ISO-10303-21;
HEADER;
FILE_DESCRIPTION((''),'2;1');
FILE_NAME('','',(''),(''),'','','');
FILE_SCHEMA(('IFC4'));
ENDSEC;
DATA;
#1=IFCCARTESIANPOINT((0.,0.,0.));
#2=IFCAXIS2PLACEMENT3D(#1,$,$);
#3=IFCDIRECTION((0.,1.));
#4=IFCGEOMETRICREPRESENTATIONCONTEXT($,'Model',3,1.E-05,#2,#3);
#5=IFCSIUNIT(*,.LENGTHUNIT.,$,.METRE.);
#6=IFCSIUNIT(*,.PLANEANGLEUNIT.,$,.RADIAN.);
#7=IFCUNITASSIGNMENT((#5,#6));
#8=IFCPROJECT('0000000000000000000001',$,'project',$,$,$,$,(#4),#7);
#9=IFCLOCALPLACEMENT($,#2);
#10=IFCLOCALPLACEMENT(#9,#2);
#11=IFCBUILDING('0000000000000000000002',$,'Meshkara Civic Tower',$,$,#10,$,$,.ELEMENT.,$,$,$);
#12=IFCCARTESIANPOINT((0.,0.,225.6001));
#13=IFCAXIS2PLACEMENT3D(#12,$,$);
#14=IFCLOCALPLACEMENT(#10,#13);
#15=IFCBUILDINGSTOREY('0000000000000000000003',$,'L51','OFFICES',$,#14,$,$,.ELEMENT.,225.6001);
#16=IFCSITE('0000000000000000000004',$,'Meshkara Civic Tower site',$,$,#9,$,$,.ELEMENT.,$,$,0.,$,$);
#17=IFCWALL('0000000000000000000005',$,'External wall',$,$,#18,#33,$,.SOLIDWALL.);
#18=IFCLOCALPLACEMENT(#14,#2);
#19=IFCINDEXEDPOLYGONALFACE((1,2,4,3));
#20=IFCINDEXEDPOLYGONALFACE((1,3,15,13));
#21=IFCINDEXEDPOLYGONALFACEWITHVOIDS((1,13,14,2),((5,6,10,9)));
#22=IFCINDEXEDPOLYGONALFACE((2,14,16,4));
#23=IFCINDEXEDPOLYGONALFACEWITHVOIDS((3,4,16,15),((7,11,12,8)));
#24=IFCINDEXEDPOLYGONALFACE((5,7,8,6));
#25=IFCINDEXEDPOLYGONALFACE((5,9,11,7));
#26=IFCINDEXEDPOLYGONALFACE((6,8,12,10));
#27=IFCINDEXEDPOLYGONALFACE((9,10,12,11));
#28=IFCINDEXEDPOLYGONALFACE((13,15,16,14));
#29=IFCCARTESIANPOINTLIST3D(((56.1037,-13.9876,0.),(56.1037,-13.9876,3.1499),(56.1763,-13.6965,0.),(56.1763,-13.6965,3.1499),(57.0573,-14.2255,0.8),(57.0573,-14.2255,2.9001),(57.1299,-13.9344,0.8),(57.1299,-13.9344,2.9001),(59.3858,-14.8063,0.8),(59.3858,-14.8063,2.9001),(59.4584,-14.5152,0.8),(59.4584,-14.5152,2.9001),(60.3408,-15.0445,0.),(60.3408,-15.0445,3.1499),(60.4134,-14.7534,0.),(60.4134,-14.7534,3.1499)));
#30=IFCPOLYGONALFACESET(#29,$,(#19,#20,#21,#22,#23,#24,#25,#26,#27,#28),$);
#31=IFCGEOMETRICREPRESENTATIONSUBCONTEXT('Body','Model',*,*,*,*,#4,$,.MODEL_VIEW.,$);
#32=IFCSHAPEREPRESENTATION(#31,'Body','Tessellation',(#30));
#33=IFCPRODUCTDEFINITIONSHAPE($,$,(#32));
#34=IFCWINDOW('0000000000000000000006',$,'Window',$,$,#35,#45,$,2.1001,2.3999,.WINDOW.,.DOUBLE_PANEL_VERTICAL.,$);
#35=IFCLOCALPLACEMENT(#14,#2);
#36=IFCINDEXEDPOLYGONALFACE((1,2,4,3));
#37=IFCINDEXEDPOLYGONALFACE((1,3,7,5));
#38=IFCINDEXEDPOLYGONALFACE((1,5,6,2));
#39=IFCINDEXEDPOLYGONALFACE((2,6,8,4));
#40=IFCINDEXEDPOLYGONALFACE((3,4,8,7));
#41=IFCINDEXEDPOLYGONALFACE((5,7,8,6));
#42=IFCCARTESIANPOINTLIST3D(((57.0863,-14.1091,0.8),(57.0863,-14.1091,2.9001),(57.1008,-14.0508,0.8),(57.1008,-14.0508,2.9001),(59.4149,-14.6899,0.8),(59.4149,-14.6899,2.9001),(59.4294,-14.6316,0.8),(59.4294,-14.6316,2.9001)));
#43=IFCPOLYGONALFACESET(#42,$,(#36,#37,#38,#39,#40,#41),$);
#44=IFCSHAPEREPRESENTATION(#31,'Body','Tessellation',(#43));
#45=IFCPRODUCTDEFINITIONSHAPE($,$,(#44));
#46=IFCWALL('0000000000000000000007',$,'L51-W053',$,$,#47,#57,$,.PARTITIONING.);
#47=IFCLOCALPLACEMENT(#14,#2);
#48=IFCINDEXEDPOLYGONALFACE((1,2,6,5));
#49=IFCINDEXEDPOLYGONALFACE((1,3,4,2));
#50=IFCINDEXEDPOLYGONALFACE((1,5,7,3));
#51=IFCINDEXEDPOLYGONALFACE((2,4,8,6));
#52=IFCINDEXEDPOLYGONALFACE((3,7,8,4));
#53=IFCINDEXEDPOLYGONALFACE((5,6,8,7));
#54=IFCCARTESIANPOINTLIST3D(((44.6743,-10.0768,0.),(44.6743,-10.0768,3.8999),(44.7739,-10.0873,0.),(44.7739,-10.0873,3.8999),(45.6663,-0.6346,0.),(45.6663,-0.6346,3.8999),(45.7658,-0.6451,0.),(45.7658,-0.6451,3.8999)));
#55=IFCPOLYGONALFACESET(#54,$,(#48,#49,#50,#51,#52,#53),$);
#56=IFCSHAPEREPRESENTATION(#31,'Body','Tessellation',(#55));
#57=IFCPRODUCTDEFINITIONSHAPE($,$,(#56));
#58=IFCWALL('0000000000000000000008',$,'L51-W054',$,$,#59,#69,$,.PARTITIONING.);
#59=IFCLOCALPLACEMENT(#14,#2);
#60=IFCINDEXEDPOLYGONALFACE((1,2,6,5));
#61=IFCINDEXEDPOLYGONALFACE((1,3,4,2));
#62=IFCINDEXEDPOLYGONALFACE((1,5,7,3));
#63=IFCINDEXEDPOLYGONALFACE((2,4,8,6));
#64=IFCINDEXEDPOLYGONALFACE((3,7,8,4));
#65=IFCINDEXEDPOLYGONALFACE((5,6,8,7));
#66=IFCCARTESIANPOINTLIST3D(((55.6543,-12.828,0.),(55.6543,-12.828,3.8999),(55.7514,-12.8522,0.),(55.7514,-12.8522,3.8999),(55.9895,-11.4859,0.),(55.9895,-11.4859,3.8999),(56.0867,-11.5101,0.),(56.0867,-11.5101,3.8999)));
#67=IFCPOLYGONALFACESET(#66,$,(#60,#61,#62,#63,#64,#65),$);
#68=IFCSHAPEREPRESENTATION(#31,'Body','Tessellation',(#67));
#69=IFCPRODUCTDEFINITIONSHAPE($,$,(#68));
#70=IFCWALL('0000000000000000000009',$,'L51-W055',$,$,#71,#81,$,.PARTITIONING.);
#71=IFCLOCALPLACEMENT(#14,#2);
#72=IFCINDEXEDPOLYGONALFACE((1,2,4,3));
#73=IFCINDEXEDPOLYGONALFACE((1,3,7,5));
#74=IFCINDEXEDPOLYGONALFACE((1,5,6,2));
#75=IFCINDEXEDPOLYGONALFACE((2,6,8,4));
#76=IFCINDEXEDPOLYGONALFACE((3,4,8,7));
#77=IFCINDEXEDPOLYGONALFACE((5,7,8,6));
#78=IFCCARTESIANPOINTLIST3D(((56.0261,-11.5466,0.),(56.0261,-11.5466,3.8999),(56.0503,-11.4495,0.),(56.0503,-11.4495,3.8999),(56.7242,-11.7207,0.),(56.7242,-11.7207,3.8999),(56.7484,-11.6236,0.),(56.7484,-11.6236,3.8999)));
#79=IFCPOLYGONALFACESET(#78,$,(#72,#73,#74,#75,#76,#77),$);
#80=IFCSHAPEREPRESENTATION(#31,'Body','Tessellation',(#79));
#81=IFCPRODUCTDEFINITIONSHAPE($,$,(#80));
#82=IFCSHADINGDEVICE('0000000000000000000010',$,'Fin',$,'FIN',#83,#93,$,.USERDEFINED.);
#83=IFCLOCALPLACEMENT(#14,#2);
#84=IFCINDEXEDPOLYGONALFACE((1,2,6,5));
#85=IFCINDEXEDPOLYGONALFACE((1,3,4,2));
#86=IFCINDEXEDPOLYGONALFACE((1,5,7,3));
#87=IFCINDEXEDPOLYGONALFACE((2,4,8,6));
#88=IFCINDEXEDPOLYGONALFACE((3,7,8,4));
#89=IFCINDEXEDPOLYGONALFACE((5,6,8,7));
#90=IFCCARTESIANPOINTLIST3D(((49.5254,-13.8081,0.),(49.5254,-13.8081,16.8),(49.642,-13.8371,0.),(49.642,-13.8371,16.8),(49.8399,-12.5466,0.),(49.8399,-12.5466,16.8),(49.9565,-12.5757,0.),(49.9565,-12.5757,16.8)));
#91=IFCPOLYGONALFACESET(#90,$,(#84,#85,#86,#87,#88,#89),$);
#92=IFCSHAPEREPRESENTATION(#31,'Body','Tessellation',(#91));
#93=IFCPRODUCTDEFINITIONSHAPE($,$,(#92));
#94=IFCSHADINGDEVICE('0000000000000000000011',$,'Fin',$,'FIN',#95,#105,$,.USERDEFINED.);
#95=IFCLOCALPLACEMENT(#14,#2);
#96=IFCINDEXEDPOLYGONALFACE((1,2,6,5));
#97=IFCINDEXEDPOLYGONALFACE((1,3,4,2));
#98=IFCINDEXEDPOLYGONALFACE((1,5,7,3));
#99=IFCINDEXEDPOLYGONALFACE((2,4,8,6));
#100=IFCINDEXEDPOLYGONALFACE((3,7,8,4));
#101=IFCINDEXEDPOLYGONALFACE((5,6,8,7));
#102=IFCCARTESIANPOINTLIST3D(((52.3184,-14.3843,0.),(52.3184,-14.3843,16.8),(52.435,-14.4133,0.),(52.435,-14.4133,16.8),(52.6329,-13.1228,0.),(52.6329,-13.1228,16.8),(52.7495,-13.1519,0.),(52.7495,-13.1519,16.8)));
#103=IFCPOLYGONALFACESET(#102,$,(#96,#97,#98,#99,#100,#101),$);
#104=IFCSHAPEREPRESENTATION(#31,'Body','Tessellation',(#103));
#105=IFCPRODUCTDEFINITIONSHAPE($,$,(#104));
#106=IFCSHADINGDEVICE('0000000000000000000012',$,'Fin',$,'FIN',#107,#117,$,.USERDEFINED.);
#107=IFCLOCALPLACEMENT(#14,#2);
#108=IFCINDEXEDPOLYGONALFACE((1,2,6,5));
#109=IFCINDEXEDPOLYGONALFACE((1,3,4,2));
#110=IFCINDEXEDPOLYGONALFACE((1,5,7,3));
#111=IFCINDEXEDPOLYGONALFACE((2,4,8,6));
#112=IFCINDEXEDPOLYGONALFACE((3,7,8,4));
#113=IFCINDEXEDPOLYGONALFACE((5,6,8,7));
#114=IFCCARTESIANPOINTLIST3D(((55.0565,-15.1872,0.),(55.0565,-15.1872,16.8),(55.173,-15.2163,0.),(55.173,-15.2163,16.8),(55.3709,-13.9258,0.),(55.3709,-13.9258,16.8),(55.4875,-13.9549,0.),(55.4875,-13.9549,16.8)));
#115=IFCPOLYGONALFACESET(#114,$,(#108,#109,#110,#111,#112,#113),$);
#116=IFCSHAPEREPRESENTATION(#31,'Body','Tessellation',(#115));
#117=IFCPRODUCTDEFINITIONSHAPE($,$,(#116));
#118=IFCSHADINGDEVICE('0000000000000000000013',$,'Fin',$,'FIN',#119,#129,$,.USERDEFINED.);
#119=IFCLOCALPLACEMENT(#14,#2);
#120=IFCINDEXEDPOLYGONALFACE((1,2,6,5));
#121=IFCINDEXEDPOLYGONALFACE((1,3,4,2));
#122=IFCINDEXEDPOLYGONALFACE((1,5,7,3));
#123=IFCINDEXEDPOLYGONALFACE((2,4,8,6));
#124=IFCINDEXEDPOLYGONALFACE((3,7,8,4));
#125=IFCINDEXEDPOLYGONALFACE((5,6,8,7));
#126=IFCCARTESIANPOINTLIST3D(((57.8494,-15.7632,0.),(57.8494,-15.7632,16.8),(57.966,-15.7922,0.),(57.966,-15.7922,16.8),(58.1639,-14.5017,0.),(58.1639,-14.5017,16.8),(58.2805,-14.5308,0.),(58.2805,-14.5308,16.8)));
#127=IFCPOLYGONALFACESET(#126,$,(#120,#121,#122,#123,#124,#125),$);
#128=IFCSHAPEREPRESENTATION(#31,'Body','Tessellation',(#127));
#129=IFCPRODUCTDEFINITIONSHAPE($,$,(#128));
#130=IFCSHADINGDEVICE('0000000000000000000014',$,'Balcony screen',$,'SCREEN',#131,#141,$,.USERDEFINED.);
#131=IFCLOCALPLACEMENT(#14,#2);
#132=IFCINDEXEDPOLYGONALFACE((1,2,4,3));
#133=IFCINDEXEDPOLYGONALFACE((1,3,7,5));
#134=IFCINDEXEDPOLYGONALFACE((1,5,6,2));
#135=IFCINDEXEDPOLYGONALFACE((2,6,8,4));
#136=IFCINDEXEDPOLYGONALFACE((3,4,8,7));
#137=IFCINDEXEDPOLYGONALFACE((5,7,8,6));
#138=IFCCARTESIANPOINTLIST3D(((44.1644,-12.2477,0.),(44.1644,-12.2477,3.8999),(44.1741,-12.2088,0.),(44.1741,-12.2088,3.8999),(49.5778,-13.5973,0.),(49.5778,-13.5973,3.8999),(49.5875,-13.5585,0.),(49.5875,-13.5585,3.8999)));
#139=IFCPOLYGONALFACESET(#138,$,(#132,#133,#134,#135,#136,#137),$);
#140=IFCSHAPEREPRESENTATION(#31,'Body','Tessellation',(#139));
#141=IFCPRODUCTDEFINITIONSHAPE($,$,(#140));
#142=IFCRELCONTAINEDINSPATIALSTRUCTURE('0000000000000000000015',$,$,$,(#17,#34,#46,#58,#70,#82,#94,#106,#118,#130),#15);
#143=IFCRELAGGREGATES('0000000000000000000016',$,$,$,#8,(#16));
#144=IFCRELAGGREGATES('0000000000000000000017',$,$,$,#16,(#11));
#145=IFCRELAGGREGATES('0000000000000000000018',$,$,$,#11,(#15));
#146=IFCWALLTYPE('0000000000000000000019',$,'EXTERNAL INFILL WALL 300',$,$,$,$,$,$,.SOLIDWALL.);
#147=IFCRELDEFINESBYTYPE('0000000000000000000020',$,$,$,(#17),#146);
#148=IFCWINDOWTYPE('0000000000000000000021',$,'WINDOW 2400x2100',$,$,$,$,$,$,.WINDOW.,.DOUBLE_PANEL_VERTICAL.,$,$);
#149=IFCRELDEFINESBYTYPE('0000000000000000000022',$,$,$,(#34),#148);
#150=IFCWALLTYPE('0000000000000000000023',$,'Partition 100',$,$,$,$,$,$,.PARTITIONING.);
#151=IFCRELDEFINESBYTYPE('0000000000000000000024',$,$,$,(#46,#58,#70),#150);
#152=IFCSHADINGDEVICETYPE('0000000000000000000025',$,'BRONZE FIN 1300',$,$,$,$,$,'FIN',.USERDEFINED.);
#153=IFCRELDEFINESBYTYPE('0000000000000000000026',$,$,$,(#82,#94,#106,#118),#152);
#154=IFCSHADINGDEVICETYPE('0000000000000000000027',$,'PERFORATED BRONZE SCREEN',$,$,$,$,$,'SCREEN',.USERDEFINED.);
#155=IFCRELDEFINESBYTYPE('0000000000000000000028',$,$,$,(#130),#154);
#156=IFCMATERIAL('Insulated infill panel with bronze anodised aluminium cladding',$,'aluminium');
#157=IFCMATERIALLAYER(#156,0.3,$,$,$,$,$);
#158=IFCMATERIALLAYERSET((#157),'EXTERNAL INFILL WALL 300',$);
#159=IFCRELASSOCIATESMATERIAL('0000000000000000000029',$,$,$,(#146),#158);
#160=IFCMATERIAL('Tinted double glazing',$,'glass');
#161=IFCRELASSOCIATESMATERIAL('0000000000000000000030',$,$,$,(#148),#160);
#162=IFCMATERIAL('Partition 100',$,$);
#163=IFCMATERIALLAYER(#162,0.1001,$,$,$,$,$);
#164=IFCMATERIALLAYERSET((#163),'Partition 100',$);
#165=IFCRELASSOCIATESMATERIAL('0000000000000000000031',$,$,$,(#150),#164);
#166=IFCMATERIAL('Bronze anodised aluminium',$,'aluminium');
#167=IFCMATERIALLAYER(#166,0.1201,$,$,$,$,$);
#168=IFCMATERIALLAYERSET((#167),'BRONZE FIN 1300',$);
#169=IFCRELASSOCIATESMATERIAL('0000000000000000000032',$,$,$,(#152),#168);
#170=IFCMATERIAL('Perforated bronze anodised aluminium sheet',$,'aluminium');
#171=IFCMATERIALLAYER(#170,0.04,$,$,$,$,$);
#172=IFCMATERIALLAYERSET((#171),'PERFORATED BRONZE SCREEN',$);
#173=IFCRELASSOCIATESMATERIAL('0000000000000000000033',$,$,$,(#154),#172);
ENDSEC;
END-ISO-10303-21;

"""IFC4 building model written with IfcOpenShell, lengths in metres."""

from ifc_helpers import new_model, si_unit, direction, frame, frame_2d, origin, origin_2d, place, context, subcontext, project, spatial, rectangle, extrude, material, layer, layer_set, type_object, element, fill, save


model = new_model("IFC4")

# Units and contexts
model_context = context("Model", 3, precision=1e-05, world=origin(), true_north=direction((0.0, 1.0)))
body_context = subcontext(model_context, "Body", "Model", "MODEL_VIEW")
ifc_project = project(units=[si_unit("LENGTHUNIT", "METRE"), si_unit("PLANEANGLEUNIT", "RADIAN")], contexts=[model_context])

# Site, building, storey
site_placement = place(None, origin())
site = spatial("IfcSite", under=ifc_project, at=site_placement, Name="Meshkara Civic Tower site", CompositionType="ELEMENT", RefElevation=0.0)
building_placement = place(site_placement, origin())
building = spatial("IfcBuilding", under=site, at=building_placement, Name="Meshkara Civic Tower", CompositionType="ELEMENT")
storey_placement = place(building_placement, frame((0.0, 0.0, 225.6001)))
storey = spatial("IfcBuildingStorey", under=building, at=storey_placement, Name="L51", Description="OFFICES", CompositionType="ELEMENT", Elevation=225.6001)

# Wall, opening, window
ifc_material_1 = material(Name="Insulated infill panel with bronze anodised aluminium cladding", Category="aluminium")
ifc_layer_1 = layer(ifc_material_1, 0.3)
ifc_layer_set_1 = layer_set([ifc_layer_1], Name="EXTERNAL INFILL WALL 300")
wall_type_1 = type_object("IfcWallType", Name="EXTERNAL INFILL WALL 300", PredefinedType="SOLIDWALL", material=ifc_layer_set_1)
ifc_material_2 = material(Name="Tinted double glazing", Category="glass")
window_type = type_object("IfcWindowType", Name="WINDOW 2400x2100", PartitioningType="DOUBLE_PANEL_VERTICAL", PredefinedType="WINDOW", material=ifc_material_2)
wall_1_placement = place(storey_placement, frame((56.1399, -13.842, 0.0), z_axis=(0.0, 0.0, 1.0), x_axis=(0.970271, -0.242023, 0.0)))
wall_1 = element("IfcWall", 1, at=wall_1_placement, inside=storey, type_object=wall_type_1, Name="External wall", PredefinedType="SOLIDWALL", context=body_context, shape_type="SweptSolid", body=[
    extrude(rectangle(XDim=4.3669, YDim=0.3, at=frame_2d((2.1836, 0.0))), origin(), (0.0, 0.0, 1.0), 3.1499),
])
opening_1_placement = place(wall_1_placement, frame((0.9829, 0.0, 0.8)))
opening_1 = element("IfcOpeningElement", 2, at=opening_1_placement, cuts=wall_1, PredefinedType="OPENING", context=body_context, shape_type="SweptSolid", body=[
    extrude(rectangle(XDim=2.3999, YDim=2.1001, at=frame_2d((1.2, 1.05))), frame((0.0, 0.1599, 0.0), z_axis=(0.0, -1.0, 0.0), x_axis=(1.0, 0.0, 0.0)), (0.0, 0.0, 1.0), 0.3201),
])
window_1_placement = place(opening_1_placement, origin())
window_1 = element("IfcWindow", 3, at=window_1_placement, inside=storey, type_object=window_type, Name="Window", OverallHeight=2.1001, OverallWidth=2.3999, PartitioningType="DOUBLE_PANEL_VERTICAL", PredefinedType="WINDOW", context=body_context, shape_type="SweptSolid", body=[
    extrude(rectangle(XDim=2.3999, YDim=2.1001, at=frame_2d((1.2, 1.05))), frame((0.0, 0.03, 0.0), z_axis=(0.0, -1.0, 0.0), x_axis=(1.0, 0.0, 0.0)), (0.0, 0.0, 1.0), 0.0601),
])
fill(opening_1, window_1)

# Walls
ifc_material_3 = material(Name="Partition 100")
ifc_layer_2 = layer(ifc_material_3, 0.1001)
ifc_layer_set_2 = layer_set([ifc_layer_2], Name="Partition 100")
wall_type_2 = type_object("IfcWallType", Name="Partition 100", PredefinedType="PARTITIONING", material=ifc_layer_set_2)
wall_2_placement = place(storey_placement, frame((44.7241, -10.082, 0.0), z_axis=(0.0, 0.0, 1.0), x_axis=(0.10448, 0.994527, 0.0)))
element("IfcWall", 4, at=wall_2_placement, inside=storey, type_object=wall_type_2, Name="L51-W053", PredefinedType="PARTITIONING", context=body_context, shape_type="SweptSolid", body=[
    extrude(rectangle(XDim=9.4941, YDim=0.1001, at=frame_2d((4.7471, 0.0))), origin(), (0.0, 0.0, 1.0), 3.8999),
])
wall_3_placement = place(storey_placement, frame((55.7029, -12.8401, 0.0), z_axis=(0.0, 0.0, 1.0), x_axis=(0.242328, 0.970194, 0.0)))
element("IfcWall", 5, at=wall_3_placement, inside=storey, type_object=wall_type_2, Name="L51-W054", PredefinedType="PARTITIONING", context=body_context, shape_type="SweptSolid", body=[
    extrude(rectangle(XDim=1.3833, YDim=0.1001, at=frame_2d((0.6917, 0.0))), origin(), (0.0, 0.0, 1.0), 3.8999),
])
wall_4_placement = place(storey_placement, frame((56.0381, -11.498, 0.0), z_axis=(0.0, 0.0, 1.0), x_axis=(0.970282, -0.241977, 0.0)))
element("IfcWall", 6, at=wall_4_placement, inside=storey, type_object=wall_type_2, Name="L51-W055", PredefinedType="PARTITIONING", context=body_context, shape_type="SweptSolid", body=[
    extrude(rectangle(XDim=0.7195, YDim=0.1001, at=frame_2d((0.3599, 0.0))), origin(), (0.0, 0.0, 1.0), 3.8999),
])

# Shading devices
ifc_material_4 = material(Name="Bronze anodised aluminium", Category="aluminium")
ifc_layer_3 = layer(ifc_material_4, 0.1201)
ifc_layer_set_3 = layer_set([ifc_layer_3], Name="BRONZE FIN 1300")
shading_device_type_1 = type_object("IfcShadingDeviceType", Name="BRONZE FIN 1300", ElementType="FIN", PredefinedType="USERDEFINED", material=ifc_layer_set_3)
for number, where, z_axis, x_axis, name in (
    (7, (49.741, -13.1919, 0.0), (0.0, 0.0, 1.0), (0.9703, -0.241905, 0.0), "Fin"),
    (8, (52.5339, -13.7681, 0.0), (0.0, 0.0, 1.0), (0.9703, -0.241905, 0.0), "Fin"),
    (9, (55.272, -14.571, 0.0), (0.0, 0.0, 1.0), (0.9703, -0.241905, 0.0), "Fin"),
    (10, (58.0649, -15.147, 0.0), (0.0, 0.0, 1.0), (0.9703, -0.241905, 0.0), "Fin"),
):
    element("IfcShadingDevice", number, at=place(storey_placement, frame(where, z_axis=z_axis, x_axis=x_axis)), inside=storey, type_object=shading_device_type_1, Name=name, ObjectType="FIN", PredefinedType="USERDEFINED", context=body_context, shape_type="SweptSolid", body=[
        extrude(rectangle(XDim=0.1201, YDim=1.3, at=origin_2d()), origin(), (0.0, 0.0, 1.0), 16.8),
    ])
ifc_material_5 = material(Name="Perforated bronze anodised aluminium sheet", Category="aluminium")
ifc_layer_4 = layer(ifc_material_5, 0.04)
ifc_layer_set_4 = layer_set([ifc_layer_4], Name="PERFORATED BRONZE SCREEN")
shading_device_type_2 = type_object("IfcShadingDeviceType", Name="PERFORATED BRONZE SCREEN", ElementType="SCREEN", PredefinedType="USERDEFINED", material=ifc_layer_set_4)
shading_device_placement = place(storey_placement, frame((46.876, -12.9031, 0.0), z_axis=(0.0, 0.0, 1.0), x_axis=(0.9703, -0.241905, 0.0)))
element("IfcShadingDevice", 11, at=shading_device_placement, inside=storey, type_object=shading_device_type_2, Name="Balcony screen", ObjectType="SCREEN", PredefinedType="USERDEFINED", context=body_context, shape_type="SweptSolid", body=[
    extrude(rectangle(XDim=5.5791, YDim=0.04, at=origin_2d()), origin(), (0.0, 0.0, 1.0), 3.8999),
])

save(model, "model.ifc")
